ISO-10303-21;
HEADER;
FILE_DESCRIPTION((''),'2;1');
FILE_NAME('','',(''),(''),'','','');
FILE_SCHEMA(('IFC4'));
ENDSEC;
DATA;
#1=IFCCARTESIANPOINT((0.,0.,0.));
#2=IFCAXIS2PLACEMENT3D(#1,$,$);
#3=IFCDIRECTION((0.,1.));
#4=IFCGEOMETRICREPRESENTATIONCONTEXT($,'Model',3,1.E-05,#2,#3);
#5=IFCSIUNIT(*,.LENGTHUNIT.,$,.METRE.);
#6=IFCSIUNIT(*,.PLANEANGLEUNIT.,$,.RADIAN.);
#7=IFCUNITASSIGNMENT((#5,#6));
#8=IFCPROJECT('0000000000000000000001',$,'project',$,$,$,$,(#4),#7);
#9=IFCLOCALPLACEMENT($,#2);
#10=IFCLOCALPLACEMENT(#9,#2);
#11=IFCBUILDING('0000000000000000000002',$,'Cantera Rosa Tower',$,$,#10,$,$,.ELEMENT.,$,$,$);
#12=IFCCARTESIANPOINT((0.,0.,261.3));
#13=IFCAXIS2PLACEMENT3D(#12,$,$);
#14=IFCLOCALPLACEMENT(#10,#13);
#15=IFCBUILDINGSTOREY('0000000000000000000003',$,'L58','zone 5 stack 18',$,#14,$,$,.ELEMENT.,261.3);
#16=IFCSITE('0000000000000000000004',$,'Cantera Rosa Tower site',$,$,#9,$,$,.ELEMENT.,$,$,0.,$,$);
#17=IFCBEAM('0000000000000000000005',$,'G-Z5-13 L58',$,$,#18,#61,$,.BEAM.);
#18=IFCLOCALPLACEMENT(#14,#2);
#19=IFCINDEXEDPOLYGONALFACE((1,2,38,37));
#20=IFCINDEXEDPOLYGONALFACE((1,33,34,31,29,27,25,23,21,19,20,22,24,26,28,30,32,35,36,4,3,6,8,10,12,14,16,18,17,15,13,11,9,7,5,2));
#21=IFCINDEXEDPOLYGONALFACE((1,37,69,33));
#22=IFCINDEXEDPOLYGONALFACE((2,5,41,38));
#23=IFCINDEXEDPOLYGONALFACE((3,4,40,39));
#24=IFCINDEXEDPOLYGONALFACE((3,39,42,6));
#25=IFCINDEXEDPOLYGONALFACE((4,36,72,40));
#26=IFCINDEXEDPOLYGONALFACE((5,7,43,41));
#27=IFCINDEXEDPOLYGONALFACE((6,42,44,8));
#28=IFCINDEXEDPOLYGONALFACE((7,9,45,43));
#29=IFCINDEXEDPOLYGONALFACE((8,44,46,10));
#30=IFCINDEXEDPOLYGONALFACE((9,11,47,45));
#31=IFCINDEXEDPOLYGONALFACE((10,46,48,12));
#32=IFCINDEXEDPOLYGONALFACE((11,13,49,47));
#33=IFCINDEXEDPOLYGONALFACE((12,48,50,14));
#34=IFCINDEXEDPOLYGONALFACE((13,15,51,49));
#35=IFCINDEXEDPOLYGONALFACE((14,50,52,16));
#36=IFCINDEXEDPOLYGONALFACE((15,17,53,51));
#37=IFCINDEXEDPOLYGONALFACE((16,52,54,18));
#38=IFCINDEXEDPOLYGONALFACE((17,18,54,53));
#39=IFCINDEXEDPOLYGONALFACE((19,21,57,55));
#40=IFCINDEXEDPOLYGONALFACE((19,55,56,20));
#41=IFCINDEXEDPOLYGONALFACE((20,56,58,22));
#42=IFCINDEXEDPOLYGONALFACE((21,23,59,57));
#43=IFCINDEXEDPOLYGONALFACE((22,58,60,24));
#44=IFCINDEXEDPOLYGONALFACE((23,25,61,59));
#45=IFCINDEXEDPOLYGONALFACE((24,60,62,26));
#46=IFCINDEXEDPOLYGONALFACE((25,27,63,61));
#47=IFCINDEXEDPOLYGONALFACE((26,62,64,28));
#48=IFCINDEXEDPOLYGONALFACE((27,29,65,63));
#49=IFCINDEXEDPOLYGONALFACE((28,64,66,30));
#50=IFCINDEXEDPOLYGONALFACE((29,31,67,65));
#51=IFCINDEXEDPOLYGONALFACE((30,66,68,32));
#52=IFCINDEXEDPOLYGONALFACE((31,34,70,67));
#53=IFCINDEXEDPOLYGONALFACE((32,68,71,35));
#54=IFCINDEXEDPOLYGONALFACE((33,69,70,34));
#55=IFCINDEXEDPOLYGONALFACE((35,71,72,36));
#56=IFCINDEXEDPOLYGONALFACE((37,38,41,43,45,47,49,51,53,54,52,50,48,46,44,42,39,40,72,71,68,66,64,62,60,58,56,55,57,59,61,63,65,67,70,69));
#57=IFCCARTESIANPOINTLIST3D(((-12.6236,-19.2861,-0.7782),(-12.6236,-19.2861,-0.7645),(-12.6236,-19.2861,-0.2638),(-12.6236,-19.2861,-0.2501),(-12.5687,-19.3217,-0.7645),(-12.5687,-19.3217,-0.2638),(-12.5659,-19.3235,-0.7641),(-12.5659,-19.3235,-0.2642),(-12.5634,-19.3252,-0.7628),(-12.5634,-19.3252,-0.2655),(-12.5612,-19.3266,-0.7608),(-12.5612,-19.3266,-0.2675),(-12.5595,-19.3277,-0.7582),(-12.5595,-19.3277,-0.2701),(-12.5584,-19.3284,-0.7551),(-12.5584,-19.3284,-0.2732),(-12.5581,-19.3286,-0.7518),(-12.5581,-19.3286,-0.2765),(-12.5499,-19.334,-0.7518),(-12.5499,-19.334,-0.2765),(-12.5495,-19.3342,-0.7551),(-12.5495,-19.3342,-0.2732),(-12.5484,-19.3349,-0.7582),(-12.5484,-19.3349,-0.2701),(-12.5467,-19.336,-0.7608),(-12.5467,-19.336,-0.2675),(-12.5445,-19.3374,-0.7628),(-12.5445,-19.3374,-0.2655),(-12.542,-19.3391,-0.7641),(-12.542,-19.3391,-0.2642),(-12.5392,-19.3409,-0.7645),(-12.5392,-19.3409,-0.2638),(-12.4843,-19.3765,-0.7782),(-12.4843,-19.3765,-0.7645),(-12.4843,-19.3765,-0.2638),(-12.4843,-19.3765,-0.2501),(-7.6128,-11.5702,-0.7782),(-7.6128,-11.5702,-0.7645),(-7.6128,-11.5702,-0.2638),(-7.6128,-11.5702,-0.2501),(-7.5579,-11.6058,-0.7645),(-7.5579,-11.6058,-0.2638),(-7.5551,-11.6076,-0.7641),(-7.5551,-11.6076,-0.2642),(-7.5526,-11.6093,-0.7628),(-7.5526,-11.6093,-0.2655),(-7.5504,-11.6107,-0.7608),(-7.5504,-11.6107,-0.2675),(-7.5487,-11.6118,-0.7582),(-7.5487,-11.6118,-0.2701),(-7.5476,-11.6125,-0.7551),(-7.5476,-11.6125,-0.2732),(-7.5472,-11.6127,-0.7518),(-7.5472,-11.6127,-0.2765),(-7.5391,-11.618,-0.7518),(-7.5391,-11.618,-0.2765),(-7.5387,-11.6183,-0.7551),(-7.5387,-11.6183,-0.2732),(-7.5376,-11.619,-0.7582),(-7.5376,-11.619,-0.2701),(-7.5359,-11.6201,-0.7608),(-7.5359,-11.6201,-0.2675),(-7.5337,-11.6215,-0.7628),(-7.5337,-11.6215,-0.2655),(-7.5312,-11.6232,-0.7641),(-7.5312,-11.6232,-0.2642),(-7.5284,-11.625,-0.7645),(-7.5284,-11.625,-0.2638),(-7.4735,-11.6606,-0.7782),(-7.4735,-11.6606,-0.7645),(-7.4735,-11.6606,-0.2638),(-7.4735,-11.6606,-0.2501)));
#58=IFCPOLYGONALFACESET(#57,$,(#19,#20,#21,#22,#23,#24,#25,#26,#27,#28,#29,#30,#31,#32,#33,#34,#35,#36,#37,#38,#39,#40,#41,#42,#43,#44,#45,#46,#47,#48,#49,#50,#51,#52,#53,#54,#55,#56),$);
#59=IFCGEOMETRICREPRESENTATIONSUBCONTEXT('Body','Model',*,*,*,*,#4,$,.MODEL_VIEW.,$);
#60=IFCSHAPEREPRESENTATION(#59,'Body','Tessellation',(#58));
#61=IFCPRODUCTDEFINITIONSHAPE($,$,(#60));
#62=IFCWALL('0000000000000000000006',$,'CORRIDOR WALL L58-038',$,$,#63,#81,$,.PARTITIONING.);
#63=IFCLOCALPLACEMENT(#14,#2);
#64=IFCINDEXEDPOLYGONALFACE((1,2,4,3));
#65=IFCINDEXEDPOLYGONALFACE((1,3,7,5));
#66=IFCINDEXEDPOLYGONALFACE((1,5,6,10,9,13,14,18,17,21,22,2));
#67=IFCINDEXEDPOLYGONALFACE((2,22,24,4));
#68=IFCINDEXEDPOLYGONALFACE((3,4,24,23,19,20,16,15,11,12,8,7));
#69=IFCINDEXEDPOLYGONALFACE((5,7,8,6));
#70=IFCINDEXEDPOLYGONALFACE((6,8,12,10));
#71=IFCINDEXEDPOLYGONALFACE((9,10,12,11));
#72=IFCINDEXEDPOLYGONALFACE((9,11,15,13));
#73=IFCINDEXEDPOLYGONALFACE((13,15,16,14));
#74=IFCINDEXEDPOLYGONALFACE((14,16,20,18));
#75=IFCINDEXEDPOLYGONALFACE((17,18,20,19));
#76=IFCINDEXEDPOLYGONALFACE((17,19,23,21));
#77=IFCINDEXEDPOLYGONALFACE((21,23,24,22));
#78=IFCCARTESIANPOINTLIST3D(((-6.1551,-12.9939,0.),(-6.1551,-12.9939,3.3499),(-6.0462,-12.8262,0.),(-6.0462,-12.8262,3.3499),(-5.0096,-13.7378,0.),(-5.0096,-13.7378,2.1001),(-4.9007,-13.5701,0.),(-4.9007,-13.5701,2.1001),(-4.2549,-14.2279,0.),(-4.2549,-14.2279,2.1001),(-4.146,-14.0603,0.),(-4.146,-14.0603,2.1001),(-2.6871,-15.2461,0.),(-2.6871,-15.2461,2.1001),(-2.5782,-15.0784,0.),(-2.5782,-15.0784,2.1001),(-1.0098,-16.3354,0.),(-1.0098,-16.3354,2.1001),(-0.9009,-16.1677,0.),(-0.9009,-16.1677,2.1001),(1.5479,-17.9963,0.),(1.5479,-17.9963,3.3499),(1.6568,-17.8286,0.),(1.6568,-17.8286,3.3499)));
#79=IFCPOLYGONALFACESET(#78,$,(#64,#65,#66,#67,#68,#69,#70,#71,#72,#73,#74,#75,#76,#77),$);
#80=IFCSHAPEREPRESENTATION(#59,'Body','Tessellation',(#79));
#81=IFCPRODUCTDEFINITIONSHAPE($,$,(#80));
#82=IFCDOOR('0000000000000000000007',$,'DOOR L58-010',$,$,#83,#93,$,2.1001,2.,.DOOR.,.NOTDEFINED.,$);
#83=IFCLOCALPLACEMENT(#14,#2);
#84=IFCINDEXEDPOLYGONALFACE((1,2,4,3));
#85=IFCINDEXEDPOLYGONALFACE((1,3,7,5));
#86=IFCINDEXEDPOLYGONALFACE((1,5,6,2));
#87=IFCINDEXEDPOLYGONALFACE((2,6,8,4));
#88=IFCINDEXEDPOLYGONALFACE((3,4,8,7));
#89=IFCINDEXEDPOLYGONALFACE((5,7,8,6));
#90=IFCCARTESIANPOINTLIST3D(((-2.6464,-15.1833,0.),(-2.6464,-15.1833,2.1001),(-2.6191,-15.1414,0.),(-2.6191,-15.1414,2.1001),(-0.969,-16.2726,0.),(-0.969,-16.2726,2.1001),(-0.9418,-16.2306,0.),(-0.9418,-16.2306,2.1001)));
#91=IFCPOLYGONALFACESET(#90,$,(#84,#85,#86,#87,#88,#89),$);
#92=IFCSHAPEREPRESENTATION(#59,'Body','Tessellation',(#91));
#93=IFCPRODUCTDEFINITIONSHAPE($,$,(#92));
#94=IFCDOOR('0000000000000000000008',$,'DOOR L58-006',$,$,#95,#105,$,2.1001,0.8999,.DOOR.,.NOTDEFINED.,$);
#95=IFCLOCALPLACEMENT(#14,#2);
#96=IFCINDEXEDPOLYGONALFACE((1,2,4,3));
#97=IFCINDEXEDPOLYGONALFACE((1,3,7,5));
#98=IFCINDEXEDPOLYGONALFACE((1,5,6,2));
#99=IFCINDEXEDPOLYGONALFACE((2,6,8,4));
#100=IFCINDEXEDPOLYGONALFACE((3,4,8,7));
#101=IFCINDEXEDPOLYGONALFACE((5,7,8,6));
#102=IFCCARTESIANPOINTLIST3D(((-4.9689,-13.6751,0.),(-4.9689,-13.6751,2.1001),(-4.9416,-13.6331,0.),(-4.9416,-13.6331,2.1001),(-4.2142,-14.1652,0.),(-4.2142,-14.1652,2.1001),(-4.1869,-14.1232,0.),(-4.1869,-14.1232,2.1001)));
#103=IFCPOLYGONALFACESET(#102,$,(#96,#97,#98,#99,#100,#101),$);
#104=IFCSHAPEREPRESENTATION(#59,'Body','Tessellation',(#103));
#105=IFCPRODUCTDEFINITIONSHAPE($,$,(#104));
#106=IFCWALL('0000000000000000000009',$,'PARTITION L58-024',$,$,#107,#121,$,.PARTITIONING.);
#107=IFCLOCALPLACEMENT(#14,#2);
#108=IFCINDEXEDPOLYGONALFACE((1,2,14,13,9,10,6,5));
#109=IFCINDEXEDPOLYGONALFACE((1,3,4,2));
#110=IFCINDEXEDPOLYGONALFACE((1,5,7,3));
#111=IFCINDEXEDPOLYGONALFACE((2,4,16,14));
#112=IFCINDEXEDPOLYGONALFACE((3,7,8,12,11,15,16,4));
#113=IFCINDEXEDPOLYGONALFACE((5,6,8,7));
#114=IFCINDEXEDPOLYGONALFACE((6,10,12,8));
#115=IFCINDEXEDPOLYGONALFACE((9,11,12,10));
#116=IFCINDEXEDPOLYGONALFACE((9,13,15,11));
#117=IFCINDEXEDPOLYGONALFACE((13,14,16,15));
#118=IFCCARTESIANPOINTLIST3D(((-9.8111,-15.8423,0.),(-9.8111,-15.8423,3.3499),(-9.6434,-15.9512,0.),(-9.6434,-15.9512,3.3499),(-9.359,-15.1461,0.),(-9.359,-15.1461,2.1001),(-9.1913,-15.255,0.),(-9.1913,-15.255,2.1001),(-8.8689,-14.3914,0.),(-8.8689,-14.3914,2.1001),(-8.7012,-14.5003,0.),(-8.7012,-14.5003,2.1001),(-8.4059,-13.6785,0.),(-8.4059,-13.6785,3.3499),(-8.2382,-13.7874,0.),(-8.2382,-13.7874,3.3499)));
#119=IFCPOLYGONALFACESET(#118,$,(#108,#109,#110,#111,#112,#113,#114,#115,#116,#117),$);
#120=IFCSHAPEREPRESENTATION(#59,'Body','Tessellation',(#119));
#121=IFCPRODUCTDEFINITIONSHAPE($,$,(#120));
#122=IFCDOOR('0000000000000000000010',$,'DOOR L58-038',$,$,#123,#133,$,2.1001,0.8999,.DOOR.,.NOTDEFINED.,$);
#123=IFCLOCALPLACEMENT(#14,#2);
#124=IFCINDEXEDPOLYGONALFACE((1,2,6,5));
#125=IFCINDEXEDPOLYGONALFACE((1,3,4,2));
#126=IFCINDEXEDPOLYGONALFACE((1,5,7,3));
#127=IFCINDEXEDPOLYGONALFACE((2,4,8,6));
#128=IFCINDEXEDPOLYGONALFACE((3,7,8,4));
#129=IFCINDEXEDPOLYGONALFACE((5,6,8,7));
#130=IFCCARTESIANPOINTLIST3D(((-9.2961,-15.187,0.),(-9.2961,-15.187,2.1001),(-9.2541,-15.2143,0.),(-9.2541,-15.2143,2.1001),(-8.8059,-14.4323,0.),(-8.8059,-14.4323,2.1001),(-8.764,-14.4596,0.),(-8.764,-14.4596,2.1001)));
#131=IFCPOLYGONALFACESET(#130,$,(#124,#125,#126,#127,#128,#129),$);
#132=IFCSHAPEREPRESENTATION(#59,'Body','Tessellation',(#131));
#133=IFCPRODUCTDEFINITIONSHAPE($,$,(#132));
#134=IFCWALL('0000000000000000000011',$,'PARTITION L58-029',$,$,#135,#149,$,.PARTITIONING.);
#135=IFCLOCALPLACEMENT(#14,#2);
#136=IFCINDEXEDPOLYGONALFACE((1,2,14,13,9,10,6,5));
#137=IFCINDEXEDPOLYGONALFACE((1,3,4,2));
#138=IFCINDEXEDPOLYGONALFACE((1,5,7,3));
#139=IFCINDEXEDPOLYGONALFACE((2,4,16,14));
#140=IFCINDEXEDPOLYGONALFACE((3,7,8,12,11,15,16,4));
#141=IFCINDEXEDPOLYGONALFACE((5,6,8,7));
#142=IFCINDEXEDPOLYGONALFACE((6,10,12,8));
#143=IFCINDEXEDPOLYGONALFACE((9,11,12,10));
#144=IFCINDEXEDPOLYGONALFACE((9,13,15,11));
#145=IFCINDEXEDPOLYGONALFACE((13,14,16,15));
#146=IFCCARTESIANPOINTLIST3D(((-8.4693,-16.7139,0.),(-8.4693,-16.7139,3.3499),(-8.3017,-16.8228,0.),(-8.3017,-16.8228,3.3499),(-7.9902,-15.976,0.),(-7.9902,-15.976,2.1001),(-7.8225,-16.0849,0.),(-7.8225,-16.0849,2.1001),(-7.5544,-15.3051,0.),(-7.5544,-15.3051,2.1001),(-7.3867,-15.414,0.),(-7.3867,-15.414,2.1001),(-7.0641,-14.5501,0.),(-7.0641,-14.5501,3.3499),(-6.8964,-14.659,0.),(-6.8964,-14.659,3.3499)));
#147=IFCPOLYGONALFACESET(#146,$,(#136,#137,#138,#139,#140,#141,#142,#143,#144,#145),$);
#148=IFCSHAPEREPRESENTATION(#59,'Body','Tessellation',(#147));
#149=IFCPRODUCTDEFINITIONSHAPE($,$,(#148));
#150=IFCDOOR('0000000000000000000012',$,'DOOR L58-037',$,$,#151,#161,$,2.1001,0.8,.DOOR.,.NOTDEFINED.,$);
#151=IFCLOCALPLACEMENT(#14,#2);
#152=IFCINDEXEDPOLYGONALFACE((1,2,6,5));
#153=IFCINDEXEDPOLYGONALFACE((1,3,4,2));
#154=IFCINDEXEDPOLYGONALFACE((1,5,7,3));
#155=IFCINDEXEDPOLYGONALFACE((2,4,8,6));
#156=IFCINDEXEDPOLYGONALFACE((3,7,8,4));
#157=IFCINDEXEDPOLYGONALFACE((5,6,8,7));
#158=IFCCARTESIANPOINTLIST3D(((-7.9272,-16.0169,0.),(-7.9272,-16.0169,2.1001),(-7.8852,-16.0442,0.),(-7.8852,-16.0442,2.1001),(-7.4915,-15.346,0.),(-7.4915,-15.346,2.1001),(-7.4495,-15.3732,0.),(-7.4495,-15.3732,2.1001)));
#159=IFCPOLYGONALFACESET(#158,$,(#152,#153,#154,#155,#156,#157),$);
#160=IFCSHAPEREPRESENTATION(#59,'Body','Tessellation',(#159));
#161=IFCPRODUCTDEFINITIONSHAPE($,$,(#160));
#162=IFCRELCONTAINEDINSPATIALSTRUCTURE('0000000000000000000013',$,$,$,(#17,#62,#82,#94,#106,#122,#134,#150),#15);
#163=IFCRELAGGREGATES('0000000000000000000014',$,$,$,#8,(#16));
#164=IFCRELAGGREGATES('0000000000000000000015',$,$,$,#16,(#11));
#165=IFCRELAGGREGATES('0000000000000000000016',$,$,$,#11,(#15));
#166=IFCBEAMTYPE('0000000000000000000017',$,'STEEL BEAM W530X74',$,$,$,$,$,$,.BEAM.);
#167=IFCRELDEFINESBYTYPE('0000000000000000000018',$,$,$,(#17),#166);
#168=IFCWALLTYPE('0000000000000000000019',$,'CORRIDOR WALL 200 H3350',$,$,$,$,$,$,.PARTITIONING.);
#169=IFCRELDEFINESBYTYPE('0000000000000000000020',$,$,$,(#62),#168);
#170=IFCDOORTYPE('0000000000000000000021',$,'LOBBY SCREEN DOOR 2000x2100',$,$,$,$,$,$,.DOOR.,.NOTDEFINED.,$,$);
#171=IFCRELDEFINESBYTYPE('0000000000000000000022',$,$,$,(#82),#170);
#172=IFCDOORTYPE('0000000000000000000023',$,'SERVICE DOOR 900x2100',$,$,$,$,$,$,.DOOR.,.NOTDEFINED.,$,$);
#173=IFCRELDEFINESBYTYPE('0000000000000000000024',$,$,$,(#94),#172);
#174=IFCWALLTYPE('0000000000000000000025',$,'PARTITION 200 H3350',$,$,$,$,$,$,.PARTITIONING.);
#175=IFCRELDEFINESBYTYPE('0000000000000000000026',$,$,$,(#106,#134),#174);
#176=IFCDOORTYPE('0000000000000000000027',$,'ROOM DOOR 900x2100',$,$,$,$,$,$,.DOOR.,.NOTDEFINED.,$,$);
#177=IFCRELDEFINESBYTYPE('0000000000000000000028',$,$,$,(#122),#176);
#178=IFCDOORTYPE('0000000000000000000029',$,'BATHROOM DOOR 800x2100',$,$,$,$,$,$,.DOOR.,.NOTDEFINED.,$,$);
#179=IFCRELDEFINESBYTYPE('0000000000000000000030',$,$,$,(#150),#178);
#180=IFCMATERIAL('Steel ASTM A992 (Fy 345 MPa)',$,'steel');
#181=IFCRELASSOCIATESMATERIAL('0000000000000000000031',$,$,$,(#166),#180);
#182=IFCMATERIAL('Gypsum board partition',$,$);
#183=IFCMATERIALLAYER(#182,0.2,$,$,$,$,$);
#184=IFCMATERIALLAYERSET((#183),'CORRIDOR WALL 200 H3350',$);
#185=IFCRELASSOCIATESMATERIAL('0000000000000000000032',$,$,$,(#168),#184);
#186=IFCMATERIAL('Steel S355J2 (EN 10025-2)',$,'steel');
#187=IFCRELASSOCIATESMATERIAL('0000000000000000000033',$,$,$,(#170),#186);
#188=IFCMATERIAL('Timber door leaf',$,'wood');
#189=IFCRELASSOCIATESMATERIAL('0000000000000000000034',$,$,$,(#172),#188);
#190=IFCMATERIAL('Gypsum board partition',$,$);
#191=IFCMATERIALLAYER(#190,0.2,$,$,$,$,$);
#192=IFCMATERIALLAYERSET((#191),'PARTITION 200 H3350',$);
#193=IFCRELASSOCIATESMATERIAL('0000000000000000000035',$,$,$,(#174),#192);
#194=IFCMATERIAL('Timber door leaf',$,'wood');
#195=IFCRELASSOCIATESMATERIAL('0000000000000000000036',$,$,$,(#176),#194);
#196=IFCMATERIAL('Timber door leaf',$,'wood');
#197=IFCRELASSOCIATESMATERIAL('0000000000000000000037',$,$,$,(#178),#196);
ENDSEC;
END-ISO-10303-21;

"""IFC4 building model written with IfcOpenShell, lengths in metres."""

from ifc_helpers import new_model, si_unit, direction, frame, frame_2d, origin, origin_2d, place, context, subcontext, project, spatial, rectangle, i_section, extrude, material, layer, layer_set, material_profile, profile_set, type_object, element, fill, save


model = new_model("IFC4")

# Units and contexts
model_context = context("Model", 3, precision=1e-05, world=origin(), true_north=direction((0.0, 1.0)))
body_context = subcontext(model_context, "Body", "Model", "MODEL_VIEW")
ifc_project = project(units=[si_unit("LENGTHUNIT", "METRE"), si_unit("PLANEANGLEUNIT", "RADIAN")], contexts=[model_context])

# Site, building, storey
site_placement = place(None, origin())
site = spatial("IfcSite", under=ifc_project, at=site_placement, Name="Cantera Rosa Tower site", CompositionType="ELEMENT", RefElevation=0.0)
building_placement = place(site_placement, origin())
building = spatial("IfcBuilding", under=site, at=building_placement, Name="Cantera Rosa Tower", CompositionType="ELEMENT")
storey_placement = place(building_placement, frame((0.0, 0.0, 261.3)))
storey = spatial("IfcBuildingStorey", under=building, at=storey_placement, Name="L58", Description="zone 5 stack 18", CompositionType="ELEMENT", Elevation=261.3)

# Beam
ifc_material_1 = material(Name="Steel ASTM A992 (Fy 345 MPa)", Category="steel")
ifc_material_profile = material_profile(ifc_material_1, i_section(OverallWidth=0.166, OverallDepth=0.5281, WebThickness=0.0098, FlangeThickness=0.0137, FilletRadius=0.0127, at=origin_2d()), Name="W530X74")
ifc_profile_set = profile_set([ifc_material_profile], Name="Steel ASTM A992 (Fy 345 MPa)")
beam_type = type_object("IfcBeamType", Name="STEEL BEAM W530X74", PredefinedType="BEAM", material=ifc_profile_set)
beam_placement = place(storey_placement, frame((-12.554, -19.3313, -0.5142), z_axis=(0.544641, 0.838669, 0.0), x_axis=(-0.838669, 0.544641, 0.0)))
element("IfcBeam", 1, at=beam_placement, inside=storey, type_object=beam_type, Name="G-Z5-13 L58", PredefinedType="BEAM", context=body_context, shape_type="SweptSolid", body=[
    extrude(i_section(OverallWidth=0.166, OverallDepth=0.5281, WebThickness=0.0098, FlangeThickness=0.0137, FilletRadius=0.0127, at=origin_2d()), origin(), (0.0, 0.0, 1.0), 9.2002),
])

# Wall, openings, doors
ifc_material_2 = material(Name="Gypsum board partition")
ifc_layer_1 = layer(ifc_material_2, 0.2)
ifc_layer_set_1 = layer_set([ifc_layer_1], Name="CORRIDOR WALL 200 H3350")
wall_type_1 = type_object("IfcWallType", Name="CORRIDOR WALL 200 H3350", PredefinedType="PARTITIONING", material=ifc_layer_set_1)
wall_1_placement = place(storey_placement, frame((-6.1006, -12.9102, 0.0), z_axis=(0.0, 0.0, 1.0), x_axis=(0.838672, -0.544637, 0.0)))
wall_1 = element("IfcWall", 2, at=wall_1_placement, inside=storey, type_object=wall_type_1, Name="CORRIDOR WALL L58-038", PredefinedType="PARTITIONING", context=body_context, shape_type="SweptSolid", body=[
    extrude(rectangle(XDim=9.1848, YDim=0.2, at=frame_2d((4.5923, 0.0))), origin(), (0.0, 0.0, 1.0), 3.3499),
])
opening_1_placement = place(wall_1_placement, frame((1.3657, 0.0, 0.0)))
opening_1 = element("IfcOpeningElement", 3, at=opening_1_placement, cuts=wall_1, PredefinedType="OPENING", context=body_context, shape_type="SweptSolid", body=[
    extrude(rectangle(XDim=0.8999, YDim=2.1001, at=frame_2d((0.45, 1.05))), frame((0.0, 0.1099, 0.0), z_axis=(0.0, -1.0, 0.0), x_axis=(1.0, 0.0, 0.0)), (0.0, 0.0, 1.0), 0.22),
])
opening_2_placement = place(wall_1_placement, frame((4.135, 0.0, 0.0)))
opening_2 = element("IfcOpeningElement", 4, at=opening_2_placement, cuts=wall_1, PredefinedType="OPENING", context=body_context, shape_type="SweptSolid", body=[
    extrude(rectangle(XDim=2.0, YDim=2.1001, at=frame_2d((1.0, 1.05))), frame((0.0, 0.1099, 0.0), z_axis=(0.0, -1.0, 0.0), x_axis=(1.0, 0.0, 0.0)), (0.0, 0.0, 1.0), 0.22),
])
ifc_material_3 = material(Name="Steel S355J2 (EN 10025-2)", Category="steel")
door_type_1 = type_object("IfcDoorType", Name="LOBBY SCREEN DOOR 2000x2100", OperationType="NOTDEFINED", PredefinedType="DOOR", material=ifc_material_3)
door_1_placement = place(opening_2_placement, origin())
door_1 = element("IfcDoor", 5, at=door_1_placement, inside=storey, type_object=door_type_1, Name="DOOR L58-010", OperationType="NOTDEFINED", OverallHeight=2.1001, OverallWidth=2.0, PredefinedType="DOOR", context=body_context, shape_type="SweptSolid", body=[
    extrude(rectangle(XDim=2.0, YDim=2.1001, at=frame_2d((1.0, 1.05))), frame((0.0, 0.0249, 0.0), z_axis=(0.0, -1.0, 0.0), x_axis=(1.0, 0.0, 0.0)), (0.0, 0.0, 1.0), 0.05),
])
fill(opening_2, door_1)
ifc_material_4 = material(Name="Timber door leaf", Category="wood")
door_type_2 = type_object("IfcDoorType", Name="SERVICE DOOR 900x2100", OperationType="NOTDEFINED", PredefinedType="DOOR", material=ifc_material_4)
door_2_placement = place(opening_1_placement, origin())
door_2 = element("IfcDoor", 6, at=door_2_placement, inside=storey, type_object=door_type_2, Name="DOOR L58-006", OperationType="NOTDEFINED", OverallHeight=2.1001, OverallWidth=0.8999, PredefinedType="DOOR", context=body_context, shape_type="SweptSolid", body=[
    extrude(rectangle(XDim=0.8999, YDim=2.1001, at=frame_2d((0.45, 1.05))), frame((0.0, 0.0249, 0.0), z_axis=(0.0, -1.0, 0.0), x_axis=(1.0, 0.0, 0.0)), (0.0, 0.0, 1.0), 0.05),
])
fill(opening_1, door_2)

# Walls, openings, doors
ifc_material_5 = material(Name="Gypsum board partition")
ifc_layer_2 = layer(ifc_material_5, 0.2)
ifc_layer_set_2 = layer_set([ifc_layer_2], Name="PARTITION 200 H3350")
wall_type_2 = type_object("IfcWallType", Name="PARTITION 200 H3350", PredefinedType="PARTITIONING", material=ifc_layer_set_2)
wall_2_placement = place(storey_placement, frame((-9.7273, -15.8967, 0.0), z_axis=(0.0, 0.0, 1.0), x_axis=(0.544659, 0.838658, 0.0)))
wall_2 = element("IfcWall", 7, at=wall_2_placement, inside=storey, type_object=wall_type_2, Name="PARTITION L58-024", PredefinedType="PARTITIONING", context=body_context, shape_type="SweptSolid", body=[
    extrude(rectangle(XDim=2.5801, YDim=0.2, at=frame_2d((1.29, 0.0))), origin(), (0.0, 0.0, 1.0), 3.3499),
])
opening_3_placement = place(wall_2_placement, frame((0.8301, 0.0, 0.0)))
opening_3 = element("IfcOpeningElement", 8, at=opening_3_placement, cuts=wall_2, PredefinedType="OPENING", context=body_context, shape_type="SweptSolid", body=[
    extrude(rectangle(XDim=0.8999, YDim=2.1001, at=frame_2d((0.45, 1.05))), frame((0.0, 0.1099, 0.0), z_axis=(0.0, -1.0, 0.0), x_axis=(1.0, 0.0, 0.0)), (0.0, 0.0, 1.0), 0.22),
])
ifc_material_6 = material(Name="Timber door leaf", Category="wood")
door_type_3 = type_object("IfcDoorType", Name="ROOM DOOR 900x2100", OperationType="NOTDEFINED", PredefinedType="DOOR", material=ifc_material_6)
door_3_placement = place(opening_3_placement, origin())
door_3 = element("IfcDoor", 9, at=door_3_placement, inside=storey, type_object=door_type_3, Name="DOOR L58-038", OperationType="NOTDEFINED", OverallHeight=2.1001, OverallWidth=0.8999, PredefinedType="DOOR", context=body_context, shape_type="SweptSolid", body=[
    extrude(rectangle(XDim=0.8999, YDim=2.1001, at=frame_2d((0.45, 1.05))), frame((0.0, 0.0249, 0.0), z_axis=(0.0, -1.0, 0.0), x_axis=(1.0, 0.0, 0.0)), (0.0, 0.0, 1.0), 0.05),
])
fill(opening_3, door_3)
wall_3_placement = place(storey_placement, frame((-8.3855, -16.7683, 0.0), z_axis=(0.0, 0.0, 1.0), x_axis=(0.544659, 0.838658, 0.0)))
wall_3 = element("IfcWall", 10, at=wall_3_placement, inside=storey, type_object=wall_type_2, Name="PARTITION L58-029", PredefinedType="PARTITIONING", context=body_context, shape_type="SweptSolid", body=[
    extrude(rectangle(XDim=2.5801, YDim=0.2, at=frame_2d((1.29, 0.0))), origin(), (0.0, 0.0, 1.0), 3.3499),
])
opening_4_placement = place(wall_3_placement, frame((0.8799, 0.0, 0.0)))
opening_4 = element("IfcOpeningElement", 11, at=opening_4_placement, cuts=wall_3, PredefinedType="OPENING", context=body_context, shape_type="SweptSolid", body=[
    extrude(rectangle(XDim=0.8, YDim=2.1001, at=frame_2d((0.3999, 1.05))), frame((0.0, 0.1099, 0.0), z_axis=(0.0, -1.0, 0.0), x_axis=(1.0, 0.0, 0.0)), (0.0, 0.0, 1.0), 0.22),
])
ifc_material_7 = material(Name="Timber door leaf", Category="wood")
door_type_4 = type_object("IfcDoorType", Name="BATHROOM DOOR 800x2100", OperationType="NOTDEFINED", PredefinedType="DOOR", material=ifc_material_7)
door_4_placement = place(opening_4_placement, origin())
door_4 = element("IfcDoor", 12, at=door_4_placement, inside=storey, type_object=door_type_4, Name="DOOR L58-037", OperationType="NOTDEFINED", OverallHeight=2.1001, OverallWidth=0.8, PredefinedType="DOOR", context=body_context, shape_type="SweptSolid", body=[
    extrude(rectangle(XDim=0.8, YDim=2.1001, at=frame_2d((0.3999, 1.05))), frame((0.0, 0.0249, 0.0), z_axis=(0.0, -1.0, 0.0), x_axis=(1.0, 0.0, 0.0)), (0.0, 0.0, 1.0), 0.05),
])
fill(opening_4, door_4)

save(model, "model.ifc")
